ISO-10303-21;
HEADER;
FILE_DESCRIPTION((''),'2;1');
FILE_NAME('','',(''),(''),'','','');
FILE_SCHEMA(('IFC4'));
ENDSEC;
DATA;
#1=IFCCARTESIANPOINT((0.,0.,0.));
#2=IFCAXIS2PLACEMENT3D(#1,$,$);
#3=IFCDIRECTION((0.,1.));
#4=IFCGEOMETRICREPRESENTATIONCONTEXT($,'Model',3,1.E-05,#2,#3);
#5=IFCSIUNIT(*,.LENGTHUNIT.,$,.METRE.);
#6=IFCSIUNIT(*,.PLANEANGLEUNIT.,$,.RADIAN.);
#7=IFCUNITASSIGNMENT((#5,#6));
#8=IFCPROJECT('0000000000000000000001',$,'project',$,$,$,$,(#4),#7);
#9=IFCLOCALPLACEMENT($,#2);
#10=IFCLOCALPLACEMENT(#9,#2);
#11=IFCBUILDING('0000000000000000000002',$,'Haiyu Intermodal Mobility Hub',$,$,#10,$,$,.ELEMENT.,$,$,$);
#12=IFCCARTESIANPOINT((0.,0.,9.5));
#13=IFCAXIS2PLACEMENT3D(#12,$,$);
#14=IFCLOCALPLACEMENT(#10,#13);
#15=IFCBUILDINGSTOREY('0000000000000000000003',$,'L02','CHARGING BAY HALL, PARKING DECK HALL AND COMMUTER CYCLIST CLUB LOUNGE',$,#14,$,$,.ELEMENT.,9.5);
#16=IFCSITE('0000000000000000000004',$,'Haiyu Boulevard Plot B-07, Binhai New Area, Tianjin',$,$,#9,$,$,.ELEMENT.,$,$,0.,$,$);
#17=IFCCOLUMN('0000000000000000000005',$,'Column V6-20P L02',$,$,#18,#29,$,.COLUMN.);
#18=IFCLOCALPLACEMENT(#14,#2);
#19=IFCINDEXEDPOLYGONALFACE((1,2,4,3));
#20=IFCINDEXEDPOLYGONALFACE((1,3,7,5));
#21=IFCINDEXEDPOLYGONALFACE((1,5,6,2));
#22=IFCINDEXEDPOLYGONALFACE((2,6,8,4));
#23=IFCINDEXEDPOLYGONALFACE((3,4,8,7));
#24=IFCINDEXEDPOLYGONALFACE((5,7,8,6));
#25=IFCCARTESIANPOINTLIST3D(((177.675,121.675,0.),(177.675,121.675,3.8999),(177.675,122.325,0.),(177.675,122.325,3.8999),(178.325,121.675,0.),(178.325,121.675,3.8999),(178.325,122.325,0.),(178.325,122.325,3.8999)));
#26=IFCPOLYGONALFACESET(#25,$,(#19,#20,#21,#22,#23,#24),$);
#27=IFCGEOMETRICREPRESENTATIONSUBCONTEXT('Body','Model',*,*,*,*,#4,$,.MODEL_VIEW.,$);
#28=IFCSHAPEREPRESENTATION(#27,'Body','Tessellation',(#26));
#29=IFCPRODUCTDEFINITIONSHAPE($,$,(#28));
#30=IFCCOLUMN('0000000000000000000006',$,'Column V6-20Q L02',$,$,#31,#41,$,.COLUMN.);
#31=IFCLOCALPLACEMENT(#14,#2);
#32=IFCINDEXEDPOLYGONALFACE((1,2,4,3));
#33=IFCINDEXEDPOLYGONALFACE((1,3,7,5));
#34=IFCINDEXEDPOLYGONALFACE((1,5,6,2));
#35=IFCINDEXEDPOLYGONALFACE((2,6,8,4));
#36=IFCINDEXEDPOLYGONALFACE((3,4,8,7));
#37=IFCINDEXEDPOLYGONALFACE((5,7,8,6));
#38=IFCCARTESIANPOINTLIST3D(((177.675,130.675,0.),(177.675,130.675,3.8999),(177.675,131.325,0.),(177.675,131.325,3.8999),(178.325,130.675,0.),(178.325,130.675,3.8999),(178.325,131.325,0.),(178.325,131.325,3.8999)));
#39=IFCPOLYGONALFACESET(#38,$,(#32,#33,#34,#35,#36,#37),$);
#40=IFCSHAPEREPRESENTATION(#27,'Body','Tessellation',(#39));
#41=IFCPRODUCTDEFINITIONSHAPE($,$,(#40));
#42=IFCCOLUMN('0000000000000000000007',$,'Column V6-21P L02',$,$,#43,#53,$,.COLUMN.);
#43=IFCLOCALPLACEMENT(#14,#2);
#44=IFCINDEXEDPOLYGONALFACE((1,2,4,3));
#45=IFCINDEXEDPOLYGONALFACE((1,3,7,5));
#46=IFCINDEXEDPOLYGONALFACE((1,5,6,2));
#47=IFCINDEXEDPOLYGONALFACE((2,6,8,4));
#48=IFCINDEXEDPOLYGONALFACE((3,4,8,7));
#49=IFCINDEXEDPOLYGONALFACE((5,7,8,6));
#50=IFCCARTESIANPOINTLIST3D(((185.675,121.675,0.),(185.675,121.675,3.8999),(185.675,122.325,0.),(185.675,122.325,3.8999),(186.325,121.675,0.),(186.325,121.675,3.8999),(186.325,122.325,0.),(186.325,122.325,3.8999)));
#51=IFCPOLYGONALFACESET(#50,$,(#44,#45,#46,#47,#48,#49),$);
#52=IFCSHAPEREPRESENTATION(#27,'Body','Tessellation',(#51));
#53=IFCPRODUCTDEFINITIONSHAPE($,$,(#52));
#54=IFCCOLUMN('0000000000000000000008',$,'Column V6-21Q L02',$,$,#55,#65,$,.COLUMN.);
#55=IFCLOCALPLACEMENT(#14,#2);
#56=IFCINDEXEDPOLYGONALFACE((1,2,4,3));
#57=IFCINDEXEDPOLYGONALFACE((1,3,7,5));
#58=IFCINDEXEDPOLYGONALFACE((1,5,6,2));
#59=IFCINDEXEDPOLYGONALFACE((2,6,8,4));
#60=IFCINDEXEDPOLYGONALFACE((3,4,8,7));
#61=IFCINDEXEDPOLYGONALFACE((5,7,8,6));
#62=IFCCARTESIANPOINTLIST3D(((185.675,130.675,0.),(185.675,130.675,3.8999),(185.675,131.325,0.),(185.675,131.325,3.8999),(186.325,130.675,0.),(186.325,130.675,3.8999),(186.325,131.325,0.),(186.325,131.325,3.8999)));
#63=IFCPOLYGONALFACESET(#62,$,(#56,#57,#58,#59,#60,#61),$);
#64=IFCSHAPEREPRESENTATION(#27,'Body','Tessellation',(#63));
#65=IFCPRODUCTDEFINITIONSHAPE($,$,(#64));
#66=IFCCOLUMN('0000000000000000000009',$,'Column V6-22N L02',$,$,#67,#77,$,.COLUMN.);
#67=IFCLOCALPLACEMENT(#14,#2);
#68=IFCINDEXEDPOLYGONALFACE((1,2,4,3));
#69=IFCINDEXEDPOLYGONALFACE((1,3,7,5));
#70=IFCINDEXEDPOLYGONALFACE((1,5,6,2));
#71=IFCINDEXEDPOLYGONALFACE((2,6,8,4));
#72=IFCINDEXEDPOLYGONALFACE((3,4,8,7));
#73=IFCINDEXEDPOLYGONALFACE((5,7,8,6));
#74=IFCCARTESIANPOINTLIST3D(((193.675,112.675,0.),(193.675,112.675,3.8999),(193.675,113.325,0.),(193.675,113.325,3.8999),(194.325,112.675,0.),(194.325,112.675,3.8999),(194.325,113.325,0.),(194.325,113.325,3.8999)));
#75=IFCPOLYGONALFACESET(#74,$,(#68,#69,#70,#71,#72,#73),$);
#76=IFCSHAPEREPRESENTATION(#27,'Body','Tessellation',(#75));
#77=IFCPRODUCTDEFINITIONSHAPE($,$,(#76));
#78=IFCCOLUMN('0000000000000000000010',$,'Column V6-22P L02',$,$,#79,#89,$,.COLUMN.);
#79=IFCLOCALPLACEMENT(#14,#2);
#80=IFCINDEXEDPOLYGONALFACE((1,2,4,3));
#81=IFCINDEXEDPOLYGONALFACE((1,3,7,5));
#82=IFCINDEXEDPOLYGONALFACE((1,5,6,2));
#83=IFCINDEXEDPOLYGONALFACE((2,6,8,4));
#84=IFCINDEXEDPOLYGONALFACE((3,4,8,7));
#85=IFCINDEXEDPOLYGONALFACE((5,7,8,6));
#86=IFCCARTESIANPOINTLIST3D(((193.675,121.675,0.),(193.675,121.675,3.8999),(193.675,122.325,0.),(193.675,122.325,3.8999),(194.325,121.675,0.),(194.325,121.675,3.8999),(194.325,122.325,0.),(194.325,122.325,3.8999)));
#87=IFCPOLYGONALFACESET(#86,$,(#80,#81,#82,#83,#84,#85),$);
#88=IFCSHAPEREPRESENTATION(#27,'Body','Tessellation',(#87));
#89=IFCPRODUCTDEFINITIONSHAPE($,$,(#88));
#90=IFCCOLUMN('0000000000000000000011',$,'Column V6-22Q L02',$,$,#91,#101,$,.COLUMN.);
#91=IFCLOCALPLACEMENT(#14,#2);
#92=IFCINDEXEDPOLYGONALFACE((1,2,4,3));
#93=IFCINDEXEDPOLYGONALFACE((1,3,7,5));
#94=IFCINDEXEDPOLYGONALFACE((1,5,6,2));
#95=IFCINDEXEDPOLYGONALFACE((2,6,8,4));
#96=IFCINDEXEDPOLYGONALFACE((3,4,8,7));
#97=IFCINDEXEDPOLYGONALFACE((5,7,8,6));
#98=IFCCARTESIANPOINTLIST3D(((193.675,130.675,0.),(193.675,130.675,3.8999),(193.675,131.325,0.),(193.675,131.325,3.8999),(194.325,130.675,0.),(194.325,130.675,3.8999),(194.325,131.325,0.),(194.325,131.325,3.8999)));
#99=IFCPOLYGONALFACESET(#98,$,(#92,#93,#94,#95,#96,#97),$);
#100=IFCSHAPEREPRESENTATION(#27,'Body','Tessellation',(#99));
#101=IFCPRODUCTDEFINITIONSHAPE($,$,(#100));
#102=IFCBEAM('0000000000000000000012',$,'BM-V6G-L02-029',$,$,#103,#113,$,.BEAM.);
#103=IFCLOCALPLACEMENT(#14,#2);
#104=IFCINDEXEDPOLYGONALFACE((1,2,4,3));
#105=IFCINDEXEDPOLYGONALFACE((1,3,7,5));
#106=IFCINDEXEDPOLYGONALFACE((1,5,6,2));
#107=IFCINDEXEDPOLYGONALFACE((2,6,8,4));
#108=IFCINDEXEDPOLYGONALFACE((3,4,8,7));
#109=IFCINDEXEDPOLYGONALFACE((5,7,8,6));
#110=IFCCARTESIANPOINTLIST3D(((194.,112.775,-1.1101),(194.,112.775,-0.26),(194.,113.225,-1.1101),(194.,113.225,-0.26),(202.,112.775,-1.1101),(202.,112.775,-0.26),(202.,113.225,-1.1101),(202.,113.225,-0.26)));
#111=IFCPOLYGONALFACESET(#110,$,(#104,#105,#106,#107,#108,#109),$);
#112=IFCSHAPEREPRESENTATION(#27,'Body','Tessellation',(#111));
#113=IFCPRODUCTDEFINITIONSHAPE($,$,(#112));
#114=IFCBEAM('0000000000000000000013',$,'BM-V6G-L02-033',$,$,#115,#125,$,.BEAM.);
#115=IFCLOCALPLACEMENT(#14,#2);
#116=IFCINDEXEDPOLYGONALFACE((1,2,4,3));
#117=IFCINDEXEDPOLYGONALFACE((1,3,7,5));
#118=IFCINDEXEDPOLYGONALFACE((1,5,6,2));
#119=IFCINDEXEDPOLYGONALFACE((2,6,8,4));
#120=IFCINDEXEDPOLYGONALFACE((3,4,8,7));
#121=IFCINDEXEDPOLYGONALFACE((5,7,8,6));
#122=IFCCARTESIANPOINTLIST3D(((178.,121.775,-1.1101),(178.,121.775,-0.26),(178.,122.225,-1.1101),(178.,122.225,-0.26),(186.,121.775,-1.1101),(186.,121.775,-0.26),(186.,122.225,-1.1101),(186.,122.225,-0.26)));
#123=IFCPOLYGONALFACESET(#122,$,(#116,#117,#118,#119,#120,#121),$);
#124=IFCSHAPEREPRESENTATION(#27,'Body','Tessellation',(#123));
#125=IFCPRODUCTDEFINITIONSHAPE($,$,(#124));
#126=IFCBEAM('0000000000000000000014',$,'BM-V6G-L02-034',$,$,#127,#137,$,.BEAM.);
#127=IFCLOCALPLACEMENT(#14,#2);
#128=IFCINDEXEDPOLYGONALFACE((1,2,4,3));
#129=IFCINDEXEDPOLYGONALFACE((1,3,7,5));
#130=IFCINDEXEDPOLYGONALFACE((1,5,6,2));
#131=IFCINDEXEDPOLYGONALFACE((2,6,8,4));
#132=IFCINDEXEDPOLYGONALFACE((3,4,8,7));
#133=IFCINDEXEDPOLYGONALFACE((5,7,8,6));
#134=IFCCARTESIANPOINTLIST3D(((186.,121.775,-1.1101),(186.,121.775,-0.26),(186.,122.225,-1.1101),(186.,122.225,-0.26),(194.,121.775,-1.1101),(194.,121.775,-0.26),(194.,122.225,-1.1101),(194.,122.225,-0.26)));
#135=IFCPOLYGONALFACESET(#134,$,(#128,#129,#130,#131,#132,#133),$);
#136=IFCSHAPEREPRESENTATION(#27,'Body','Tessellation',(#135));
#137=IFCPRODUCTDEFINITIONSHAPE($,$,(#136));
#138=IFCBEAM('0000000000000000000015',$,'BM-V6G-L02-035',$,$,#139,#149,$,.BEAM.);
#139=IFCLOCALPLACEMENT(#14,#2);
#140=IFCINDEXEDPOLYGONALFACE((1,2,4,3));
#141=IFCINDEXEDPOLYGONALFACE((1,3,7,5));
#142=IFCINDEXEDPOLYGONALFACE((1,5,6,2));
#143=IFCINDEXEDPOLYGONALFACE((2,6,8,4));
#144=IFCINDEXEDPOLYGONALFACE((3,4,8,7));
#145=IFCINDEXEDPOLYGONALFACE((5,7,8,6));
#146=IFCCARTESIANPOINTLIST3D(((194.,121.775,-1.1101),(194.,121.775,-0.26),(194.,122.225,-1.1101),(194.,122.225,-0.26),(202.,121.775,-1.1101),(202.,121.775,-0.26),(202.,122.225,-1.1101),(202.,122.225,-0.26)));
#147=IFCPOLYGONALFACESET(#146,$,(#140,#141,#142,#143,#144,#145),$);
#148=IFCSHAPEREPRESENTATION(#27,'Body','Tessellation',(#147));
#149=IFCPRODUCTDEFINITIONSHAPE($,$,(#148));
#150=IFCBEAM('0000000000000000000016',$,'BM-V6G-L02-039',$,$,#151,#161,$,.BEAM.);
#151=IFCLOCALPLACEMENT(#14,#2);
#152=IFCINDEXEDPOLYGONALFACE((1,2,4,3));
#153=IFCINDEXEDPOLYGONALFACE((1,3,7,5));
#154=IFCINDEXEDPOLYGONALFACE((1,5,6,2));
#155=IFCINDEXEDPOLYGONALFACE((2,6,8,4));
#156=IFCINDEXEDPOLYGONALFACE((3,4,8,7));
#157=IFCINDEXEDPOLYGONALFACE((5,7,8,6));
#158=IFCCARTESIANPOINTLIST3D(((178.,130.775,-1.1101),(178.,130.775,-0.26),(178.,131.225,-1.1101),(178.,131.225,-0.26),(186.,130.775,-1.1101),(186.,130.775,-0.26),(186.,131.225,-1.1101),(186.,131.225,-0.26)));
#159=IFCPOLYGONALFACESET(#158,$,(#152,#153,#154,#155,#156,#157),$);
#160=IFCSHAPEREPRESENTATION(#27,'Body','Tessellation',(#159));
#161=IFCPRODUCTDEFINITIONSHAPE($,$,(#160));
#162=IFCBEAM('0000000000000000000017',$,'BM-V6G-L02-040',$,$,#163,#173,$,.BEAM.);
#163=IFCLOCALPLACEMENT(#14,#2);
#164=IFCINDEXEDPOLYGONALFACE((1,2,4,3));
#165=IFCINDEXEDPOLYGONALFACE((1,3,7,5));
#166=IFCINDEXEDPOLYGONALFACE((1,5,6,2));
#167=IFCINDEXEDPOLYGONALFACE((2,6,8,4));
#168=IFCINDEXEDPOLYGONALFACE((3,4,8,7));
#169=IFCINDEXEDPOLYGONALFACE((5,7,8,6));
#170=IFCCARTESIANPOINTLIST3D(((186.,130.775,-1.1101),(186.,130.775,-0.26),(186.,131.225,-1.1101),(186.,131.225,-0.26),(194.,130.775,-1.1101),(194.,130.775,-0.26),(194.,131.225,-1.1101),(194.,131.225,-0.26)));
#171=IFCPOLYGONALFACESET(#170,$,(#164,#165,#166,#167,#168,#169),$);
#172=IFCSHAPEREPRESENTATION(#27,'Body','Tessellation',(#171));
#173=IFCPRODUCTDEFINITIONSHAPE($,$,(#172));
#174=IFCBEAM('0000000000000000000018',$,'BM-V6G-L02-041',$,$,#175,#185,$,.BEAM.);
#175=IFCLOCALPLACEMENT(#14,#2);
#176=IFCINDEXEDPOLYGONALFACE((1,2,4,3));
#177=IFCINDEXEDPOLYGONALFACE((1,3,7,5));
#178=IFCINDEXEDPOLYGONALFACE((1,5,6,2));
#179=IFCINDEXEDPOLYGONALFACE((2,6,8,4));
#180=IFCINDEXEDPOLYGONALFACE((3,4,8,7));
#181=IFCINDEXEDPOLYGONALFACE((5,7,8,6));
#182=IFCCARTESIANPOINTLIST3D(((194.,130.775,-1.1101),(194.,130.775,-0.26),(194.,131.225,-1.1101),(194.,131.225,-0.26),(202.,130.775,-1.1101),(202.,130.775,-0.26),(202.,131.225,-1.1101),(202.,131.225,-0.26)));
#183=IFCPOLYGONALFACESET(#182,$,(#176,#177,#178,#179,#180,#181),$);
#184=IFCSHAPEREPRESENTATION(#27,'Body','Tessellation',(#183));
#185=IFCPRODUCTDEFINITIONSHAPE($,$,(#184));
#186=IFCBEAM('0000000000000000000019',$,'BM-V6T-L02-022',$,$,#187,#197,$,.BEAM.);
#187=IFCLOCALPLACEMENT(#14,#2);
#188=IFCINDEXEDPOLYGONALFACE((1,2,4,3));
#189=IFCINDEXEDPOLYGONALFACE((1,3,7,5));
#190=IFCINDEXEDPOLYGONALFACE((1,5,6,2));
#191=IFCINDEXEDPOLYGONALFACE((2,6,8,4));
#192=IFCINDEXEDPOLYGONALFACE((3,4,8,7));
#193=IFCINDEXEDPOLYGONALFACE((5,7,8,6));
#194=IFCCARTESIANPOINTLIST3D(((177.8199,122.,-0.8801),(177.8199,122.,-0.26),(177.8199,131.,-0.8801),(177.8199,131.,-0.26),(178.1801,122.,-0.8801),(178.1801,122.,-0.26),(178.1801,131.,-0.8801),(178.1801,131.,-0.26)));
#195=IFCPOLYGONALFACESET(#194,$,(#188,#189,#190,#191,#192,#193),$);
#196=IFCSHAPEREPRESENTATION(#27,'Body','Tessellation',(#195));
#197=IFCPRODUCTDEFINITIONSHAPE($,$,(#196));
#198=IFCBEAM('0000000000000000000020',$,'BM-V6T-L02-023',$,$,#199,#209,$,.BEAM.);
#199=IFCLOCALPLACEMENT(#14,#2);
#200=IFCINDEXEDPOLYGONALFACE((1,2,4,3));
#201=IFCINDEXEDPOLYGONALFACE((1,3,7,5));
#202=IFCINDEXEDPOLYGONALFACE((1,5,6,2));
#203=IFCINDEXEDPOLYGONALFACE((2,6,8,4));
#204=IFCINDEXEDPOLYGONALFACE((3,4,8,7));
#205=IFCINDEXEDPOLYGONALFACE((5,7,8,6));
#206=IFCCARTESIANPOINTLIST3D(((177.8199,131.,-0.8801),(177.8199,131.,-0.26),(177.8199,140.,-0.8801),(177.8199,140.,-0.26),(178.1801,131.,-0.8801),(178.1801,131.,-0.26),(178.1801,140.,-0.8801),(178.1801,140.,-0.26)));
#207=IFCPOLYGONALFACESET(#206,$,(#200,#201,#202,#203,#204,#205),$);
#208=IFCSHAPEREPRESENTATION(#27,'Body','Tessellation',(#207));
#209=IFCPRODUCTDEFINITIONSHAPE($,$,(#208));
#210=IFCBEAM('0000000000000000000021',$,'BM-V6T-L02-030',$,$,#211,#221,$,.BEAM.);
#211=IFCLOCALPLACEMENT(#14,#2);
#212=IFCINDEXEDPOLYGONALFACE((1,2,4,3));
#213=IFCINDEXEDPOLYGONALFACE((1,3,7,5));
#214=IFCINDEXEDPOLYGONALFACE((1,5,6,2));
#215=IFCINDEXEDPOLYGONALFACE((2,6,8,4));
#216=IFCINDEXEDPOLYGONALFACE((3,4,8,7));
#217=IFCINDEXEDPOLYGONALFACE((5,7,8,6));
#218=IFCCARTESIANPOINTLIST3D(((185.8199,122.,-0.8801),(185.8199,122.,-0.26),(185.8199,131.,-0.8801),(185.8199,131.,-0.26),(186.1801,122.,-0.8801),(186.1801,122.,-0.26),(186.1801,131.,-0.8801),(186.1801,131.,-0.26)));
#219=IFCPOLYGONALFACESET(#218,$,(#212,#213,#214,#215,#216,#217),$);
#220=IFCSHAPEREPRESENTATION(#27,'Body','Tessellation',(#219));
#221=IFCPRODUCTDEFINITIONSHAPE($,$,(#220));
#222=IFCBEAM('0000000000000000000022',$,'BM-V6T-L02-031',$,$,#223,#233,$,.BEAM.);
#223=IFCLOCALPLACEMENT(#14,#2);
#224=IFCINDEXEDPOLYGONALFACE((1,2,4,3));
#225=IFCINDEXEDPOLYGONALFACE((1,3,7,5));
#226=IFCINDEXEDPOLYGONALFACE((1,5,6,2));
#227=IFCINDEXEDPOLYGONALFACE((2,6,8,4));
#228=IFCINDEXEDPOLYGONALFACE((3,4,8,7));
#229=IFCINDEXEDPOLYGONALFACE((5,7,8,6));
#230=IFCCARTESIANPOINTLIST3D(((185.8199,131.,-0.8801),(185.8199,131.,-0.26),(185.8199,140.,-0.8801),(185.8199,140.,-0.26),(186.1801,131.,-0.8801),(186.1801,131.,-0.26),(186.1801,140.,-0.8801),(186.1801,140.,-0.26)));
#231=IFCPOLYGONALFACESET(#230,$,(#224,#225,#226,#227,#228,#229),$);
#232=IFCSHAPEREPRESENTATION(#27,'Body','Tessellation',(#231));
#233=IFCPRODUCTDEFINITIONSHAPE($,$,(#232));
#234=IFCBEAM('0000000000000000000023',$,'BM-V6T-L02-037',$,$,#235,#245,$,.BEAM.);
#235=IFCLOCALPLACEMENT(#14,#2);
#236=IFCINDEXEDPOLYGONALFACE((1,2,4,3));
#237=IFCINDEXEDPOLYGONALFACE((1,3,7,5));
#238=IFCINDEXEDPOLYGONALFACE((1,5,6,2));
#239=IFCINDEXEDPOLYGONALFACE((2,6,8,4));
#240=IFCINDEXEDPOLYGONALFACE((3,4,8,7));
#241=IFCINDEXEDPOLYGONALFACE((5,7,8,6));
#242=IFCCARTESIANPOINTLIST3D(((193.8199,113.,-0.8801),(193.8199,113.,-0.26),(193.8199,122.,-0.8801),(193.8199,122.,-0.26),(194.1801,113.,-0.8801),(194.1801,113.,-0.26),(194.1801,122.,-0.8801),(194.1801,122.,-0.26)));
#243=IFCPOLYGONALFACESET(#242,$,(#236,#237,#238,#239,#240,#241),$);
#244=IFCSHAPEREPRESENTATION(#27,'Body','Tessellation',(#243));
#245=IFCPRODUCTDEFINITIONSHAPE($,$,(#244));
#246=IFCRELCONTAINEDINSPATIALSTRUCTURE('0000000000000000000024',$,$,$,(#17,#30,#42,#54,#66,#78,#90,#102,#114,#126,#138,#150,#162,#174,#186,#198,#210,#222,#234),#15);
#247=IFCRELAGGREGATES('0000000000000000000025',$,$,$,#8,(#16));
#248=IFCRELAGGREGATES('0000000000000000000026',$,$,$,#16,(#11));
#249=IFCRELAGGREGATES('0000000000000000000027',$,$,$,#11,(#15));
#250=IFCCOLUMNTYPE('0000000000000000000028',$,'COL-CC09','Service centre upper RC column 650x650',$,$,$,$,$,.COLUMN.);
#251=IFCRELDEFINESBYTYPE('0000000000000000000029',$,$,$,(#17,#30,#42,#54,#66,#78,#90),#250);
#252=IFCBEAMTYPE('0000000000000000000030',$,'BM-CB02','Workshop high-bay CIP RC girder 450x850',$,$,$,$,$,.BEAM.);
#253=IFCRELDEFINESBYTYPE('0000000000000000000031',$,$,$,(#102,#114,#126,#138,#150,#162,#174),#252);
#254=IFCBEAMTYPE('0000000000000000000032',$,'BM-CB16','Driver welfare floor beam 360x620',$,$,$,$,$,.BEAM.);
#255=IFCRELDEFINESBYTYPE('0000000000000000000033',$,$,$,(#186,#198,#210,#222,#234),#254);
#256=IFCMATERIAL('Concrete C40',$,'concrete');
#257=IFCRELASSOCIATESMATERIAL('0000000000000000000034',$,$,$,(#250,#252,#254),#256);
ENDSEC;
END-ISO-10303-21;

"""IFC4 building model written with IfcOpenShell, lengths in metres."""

from ifc_helpers import new_model, si_unit, direction, frame, origin, origin_2d, place, context, subcontext, project, spatial, rectangle, extrude, material, material_profile, profile_set, type_object, element, save


model = new_model("IFC4")

# Units and contexts
model_context = context("Model", 3, precision=1e-05, world=origin(), true_north=direction((0.0, 1.0)))
body_context = subcontext(model_context, "Body", "Model", "MODEL_VIEW")
ifc_project = project(units=[si_unit("LENGTHUNIT", "METRE"), si_unit("PLANEANGLEUNIT", "RADIAN")], contexts=[model_context])

# Site, building, storey
site_placement = place(None, origin())
site = spatial("IfcSite", under=ifc_project, at=site_placement, Name="Haiyu Boulevard Plot B-07, Binhai New Area, Tianjin", CompositionType="ELEMENT", RefElevation=0.0)
building_placement = place(site_placement, origin())
building = spatial("IfcBuilding", under=site, at=building_placement, Name="Haiyu Intermodal Mobility Hub", CompositionType="ELEMENT")
storey_placement = place(building_placement, frame((0.0, 0.0, 9.5)))
storey = spatial("IfcBuildingStorey", under=building, at=storey_placement, Name="L02", Description="CHARGING BAY HALL, PARKING DECK HALL AND COMMUTER CYCLIST CLUB LOUNGE", CompositionType="ELEMENT", Elevation=9.5)

# Columns
ifc_material_1 = material(Name="Concrete C40", Category="concrete")
ifc_material_profile_1 = material_profile(ifc_material_1, rectangle(XDim=0.6499, YDim=0.6499, at=origin_2d()), Name="RC650x650")
ifc_profile_set_1 = profile_set([ifc_material_profile_1], Name="Concrete C40")
column_type = type_object("IfcColumnType", Name="COL-CC09", Description="Service centre upper RC column 650x650", PredefinedType="COLUMN", material=ifc_profile_set_1)
for number, where, z_axis, x_axis, name in (
    (1, (178.0, 122.0, 0.0), (0.0, 0.0, 1.0), (1.0, 0.0, 0.0), "Column V6-20P L02"),
    (2, (178.0, 131.0, 0.0), (0.0, 0.0, 1.0), (1.0, 0.0, 0.0), "Column V6-20Q L02"),
    (3, (186.0, 122.0, 0.0), (0.0, 0.0, 1.0), (1.0, 0.0, 0.0), "Column V6-21P L02"),
    (4, (186.0, 131.0, 0.0), (0.0, 0.0, 1.0), (1.0, 0.0, 0.0), "Column V6-21Q L02"),
    (5, (194.0, 113.0, 0.0), (0.0, 0.0, 1.0), (1.0, 0.0, 0.0), "Column V6-22N L02"),
    (6, (194.0, 122.0, 0.0), (0.0, 0.0, 1.0), (1.0, 0.0, 0.0), "Column V6-22P L02"),
    (7, (194.0, 131.0, 0.0), (0.0, 0.0, 1.0), (1.0, 0.0, 0.0), "Column V6-22Q L02"),
):
    element("IfcColumn", number, at=place(storey_placement, frame(where, z_axis=z_axis, x_axis=x_axis)), inside=storey, type_object=column_type, Name=name, PredefinedType="COLUMN", context=body_context, shape_type="SweptSolid", body=[
        extrude(rectangle(XDim=0.6499, YDim=0.6499, at=origin_2d()), origin(), (0.0, 0.0, 1.0), 3.8999),
    ])

# Beams
ifc_material_profile_2 = material_profile(ifc_material_1, rectangle(XDim=0.45, YDim=0.8501, at=origin_2d()), Name="RCB450x850")
ifc_profile_set_2 = profile_set([ifc_material_profile_2], Name="Concrete C40")
beam_type_1 = type_object("IfcBeamType", Name="BM-CB02", Description="Workshop high-bay CIP RC girder 450x850", PredefinedType="BEAM", material=ifc_profile_set_2)
for number, where, z_axis, x_axis, name in (
    (8, (194.0, 113.0, -0.6851), (1.0, 0.0, 0.0), (0.0, 1.0, 0.0), "BM-V6G-L02-029"),
    (9, (178.0, 122.0, -0.6851), (1.0, 0.0, 0.0), (0.0, 1.0, 0.0), "BM-V6G-L02-033"),
    (10, (186.0, 122.0, -0.6851), (1.0, 0.0, 0.0), (0.0, 1.0, 0.0), "BM-V6G-L02-034"),
    (11, (194.0, 122.0, -0.6851), (1.0, 0.0, 0.0), (0.0, 1.0, 0.0), "BM-V6G-L02-035"),
    (12, (178.0, 131.0, -0.6851), (1.0, 0.0, 0.0), (0.0, 1.0, 0.0), "BM-V6G-L02-039"),
    (13, (186.0, 131.0, -0.6851), (1.0, 0.0, 0.0), (0.0, 1.0, 0.0), "BM-V6G-L02-040"),
    (14, (194.0, 131.0, -0.6851), (1.0, 0.0, 0.0), (0.0, 1.0, 0.0), "BM-V6G-L02-041"),
):
    element("IfcBeam", number, at=place(storey_placement, frame(where, z_axis=z_axis, x_axis=x_axis)), inside=storey, type_object=beam_type_1, Name=name, PredefinedType="BEAM", context=body_context, shape_type="SweptSolid", body=[
        extrude(rectangle(XDim=0.45, YDim=0.8501, at=origin_2d()), origin(), (0.0, 0.0, 1.0), 8.0),
    ])
ifc_material_profile_3 = material_profile(ifc_material_1, rectangle(XDim=0.3601, YDim=0.6201, at=origin_2d()), Name="B360x620")
ifc_profile_set_3 = profile_set([ifc_material_profile_3], Name="Concrete C40")
beam_type_2 = type_object("IfcBeamType", Name="BM-CB16", Description="Driver welfare floor beam 360x620", PredefinedType="BEAM", material=ifc_profile_set_3)
for number, where, z_axis, x_axis, name in (
    (15, (178.0, 122.0, -0.5701), (0.0, 1.0, 0.0), (-1.0, 0.0, 0.0), "BM-V6T-L02-022"),
    (16, (178.0, 131.0, -0.5701), (0.0, 1.0, 0.0), (-1.0, 0.0, 0.0), "BM-V6T-L02-023"),
    (17, (186.0, 122.0, -0.5701), (0.0, 1.0, 0.0), (-1.0, 0.0, 0.0), "BM-V6T-L02-030"),
    (18, (186.0, 131.0, -0.5701), (0.0, 1.0, 0.0), (-1.0, 0.0, 0.0), "BM-V6T-L02-031"),
    (19, (194.0, 113.0, -0.5701), (0.0, 1.0, 0.0), (-1.0, 0.0, 0.0), "BM-V6T-L02-037"),
):
    element("IfcBeam", number, at=place(storey_placement, frame(where, z_axis=z_axis, x_axis=x_axis)), inside=storey, type_object=beam_type_2, Name=name, PredefinedType="BEAM", context=body_context, shape_type="SweptSolid", body=[
        extrude(rectangle(XDim=0.3601, YDim=0.6201, at=origin_2d()), origin(), (0.0, 0.0, 1.0), 9.0),
    ])

save(model, "model.ifc")
